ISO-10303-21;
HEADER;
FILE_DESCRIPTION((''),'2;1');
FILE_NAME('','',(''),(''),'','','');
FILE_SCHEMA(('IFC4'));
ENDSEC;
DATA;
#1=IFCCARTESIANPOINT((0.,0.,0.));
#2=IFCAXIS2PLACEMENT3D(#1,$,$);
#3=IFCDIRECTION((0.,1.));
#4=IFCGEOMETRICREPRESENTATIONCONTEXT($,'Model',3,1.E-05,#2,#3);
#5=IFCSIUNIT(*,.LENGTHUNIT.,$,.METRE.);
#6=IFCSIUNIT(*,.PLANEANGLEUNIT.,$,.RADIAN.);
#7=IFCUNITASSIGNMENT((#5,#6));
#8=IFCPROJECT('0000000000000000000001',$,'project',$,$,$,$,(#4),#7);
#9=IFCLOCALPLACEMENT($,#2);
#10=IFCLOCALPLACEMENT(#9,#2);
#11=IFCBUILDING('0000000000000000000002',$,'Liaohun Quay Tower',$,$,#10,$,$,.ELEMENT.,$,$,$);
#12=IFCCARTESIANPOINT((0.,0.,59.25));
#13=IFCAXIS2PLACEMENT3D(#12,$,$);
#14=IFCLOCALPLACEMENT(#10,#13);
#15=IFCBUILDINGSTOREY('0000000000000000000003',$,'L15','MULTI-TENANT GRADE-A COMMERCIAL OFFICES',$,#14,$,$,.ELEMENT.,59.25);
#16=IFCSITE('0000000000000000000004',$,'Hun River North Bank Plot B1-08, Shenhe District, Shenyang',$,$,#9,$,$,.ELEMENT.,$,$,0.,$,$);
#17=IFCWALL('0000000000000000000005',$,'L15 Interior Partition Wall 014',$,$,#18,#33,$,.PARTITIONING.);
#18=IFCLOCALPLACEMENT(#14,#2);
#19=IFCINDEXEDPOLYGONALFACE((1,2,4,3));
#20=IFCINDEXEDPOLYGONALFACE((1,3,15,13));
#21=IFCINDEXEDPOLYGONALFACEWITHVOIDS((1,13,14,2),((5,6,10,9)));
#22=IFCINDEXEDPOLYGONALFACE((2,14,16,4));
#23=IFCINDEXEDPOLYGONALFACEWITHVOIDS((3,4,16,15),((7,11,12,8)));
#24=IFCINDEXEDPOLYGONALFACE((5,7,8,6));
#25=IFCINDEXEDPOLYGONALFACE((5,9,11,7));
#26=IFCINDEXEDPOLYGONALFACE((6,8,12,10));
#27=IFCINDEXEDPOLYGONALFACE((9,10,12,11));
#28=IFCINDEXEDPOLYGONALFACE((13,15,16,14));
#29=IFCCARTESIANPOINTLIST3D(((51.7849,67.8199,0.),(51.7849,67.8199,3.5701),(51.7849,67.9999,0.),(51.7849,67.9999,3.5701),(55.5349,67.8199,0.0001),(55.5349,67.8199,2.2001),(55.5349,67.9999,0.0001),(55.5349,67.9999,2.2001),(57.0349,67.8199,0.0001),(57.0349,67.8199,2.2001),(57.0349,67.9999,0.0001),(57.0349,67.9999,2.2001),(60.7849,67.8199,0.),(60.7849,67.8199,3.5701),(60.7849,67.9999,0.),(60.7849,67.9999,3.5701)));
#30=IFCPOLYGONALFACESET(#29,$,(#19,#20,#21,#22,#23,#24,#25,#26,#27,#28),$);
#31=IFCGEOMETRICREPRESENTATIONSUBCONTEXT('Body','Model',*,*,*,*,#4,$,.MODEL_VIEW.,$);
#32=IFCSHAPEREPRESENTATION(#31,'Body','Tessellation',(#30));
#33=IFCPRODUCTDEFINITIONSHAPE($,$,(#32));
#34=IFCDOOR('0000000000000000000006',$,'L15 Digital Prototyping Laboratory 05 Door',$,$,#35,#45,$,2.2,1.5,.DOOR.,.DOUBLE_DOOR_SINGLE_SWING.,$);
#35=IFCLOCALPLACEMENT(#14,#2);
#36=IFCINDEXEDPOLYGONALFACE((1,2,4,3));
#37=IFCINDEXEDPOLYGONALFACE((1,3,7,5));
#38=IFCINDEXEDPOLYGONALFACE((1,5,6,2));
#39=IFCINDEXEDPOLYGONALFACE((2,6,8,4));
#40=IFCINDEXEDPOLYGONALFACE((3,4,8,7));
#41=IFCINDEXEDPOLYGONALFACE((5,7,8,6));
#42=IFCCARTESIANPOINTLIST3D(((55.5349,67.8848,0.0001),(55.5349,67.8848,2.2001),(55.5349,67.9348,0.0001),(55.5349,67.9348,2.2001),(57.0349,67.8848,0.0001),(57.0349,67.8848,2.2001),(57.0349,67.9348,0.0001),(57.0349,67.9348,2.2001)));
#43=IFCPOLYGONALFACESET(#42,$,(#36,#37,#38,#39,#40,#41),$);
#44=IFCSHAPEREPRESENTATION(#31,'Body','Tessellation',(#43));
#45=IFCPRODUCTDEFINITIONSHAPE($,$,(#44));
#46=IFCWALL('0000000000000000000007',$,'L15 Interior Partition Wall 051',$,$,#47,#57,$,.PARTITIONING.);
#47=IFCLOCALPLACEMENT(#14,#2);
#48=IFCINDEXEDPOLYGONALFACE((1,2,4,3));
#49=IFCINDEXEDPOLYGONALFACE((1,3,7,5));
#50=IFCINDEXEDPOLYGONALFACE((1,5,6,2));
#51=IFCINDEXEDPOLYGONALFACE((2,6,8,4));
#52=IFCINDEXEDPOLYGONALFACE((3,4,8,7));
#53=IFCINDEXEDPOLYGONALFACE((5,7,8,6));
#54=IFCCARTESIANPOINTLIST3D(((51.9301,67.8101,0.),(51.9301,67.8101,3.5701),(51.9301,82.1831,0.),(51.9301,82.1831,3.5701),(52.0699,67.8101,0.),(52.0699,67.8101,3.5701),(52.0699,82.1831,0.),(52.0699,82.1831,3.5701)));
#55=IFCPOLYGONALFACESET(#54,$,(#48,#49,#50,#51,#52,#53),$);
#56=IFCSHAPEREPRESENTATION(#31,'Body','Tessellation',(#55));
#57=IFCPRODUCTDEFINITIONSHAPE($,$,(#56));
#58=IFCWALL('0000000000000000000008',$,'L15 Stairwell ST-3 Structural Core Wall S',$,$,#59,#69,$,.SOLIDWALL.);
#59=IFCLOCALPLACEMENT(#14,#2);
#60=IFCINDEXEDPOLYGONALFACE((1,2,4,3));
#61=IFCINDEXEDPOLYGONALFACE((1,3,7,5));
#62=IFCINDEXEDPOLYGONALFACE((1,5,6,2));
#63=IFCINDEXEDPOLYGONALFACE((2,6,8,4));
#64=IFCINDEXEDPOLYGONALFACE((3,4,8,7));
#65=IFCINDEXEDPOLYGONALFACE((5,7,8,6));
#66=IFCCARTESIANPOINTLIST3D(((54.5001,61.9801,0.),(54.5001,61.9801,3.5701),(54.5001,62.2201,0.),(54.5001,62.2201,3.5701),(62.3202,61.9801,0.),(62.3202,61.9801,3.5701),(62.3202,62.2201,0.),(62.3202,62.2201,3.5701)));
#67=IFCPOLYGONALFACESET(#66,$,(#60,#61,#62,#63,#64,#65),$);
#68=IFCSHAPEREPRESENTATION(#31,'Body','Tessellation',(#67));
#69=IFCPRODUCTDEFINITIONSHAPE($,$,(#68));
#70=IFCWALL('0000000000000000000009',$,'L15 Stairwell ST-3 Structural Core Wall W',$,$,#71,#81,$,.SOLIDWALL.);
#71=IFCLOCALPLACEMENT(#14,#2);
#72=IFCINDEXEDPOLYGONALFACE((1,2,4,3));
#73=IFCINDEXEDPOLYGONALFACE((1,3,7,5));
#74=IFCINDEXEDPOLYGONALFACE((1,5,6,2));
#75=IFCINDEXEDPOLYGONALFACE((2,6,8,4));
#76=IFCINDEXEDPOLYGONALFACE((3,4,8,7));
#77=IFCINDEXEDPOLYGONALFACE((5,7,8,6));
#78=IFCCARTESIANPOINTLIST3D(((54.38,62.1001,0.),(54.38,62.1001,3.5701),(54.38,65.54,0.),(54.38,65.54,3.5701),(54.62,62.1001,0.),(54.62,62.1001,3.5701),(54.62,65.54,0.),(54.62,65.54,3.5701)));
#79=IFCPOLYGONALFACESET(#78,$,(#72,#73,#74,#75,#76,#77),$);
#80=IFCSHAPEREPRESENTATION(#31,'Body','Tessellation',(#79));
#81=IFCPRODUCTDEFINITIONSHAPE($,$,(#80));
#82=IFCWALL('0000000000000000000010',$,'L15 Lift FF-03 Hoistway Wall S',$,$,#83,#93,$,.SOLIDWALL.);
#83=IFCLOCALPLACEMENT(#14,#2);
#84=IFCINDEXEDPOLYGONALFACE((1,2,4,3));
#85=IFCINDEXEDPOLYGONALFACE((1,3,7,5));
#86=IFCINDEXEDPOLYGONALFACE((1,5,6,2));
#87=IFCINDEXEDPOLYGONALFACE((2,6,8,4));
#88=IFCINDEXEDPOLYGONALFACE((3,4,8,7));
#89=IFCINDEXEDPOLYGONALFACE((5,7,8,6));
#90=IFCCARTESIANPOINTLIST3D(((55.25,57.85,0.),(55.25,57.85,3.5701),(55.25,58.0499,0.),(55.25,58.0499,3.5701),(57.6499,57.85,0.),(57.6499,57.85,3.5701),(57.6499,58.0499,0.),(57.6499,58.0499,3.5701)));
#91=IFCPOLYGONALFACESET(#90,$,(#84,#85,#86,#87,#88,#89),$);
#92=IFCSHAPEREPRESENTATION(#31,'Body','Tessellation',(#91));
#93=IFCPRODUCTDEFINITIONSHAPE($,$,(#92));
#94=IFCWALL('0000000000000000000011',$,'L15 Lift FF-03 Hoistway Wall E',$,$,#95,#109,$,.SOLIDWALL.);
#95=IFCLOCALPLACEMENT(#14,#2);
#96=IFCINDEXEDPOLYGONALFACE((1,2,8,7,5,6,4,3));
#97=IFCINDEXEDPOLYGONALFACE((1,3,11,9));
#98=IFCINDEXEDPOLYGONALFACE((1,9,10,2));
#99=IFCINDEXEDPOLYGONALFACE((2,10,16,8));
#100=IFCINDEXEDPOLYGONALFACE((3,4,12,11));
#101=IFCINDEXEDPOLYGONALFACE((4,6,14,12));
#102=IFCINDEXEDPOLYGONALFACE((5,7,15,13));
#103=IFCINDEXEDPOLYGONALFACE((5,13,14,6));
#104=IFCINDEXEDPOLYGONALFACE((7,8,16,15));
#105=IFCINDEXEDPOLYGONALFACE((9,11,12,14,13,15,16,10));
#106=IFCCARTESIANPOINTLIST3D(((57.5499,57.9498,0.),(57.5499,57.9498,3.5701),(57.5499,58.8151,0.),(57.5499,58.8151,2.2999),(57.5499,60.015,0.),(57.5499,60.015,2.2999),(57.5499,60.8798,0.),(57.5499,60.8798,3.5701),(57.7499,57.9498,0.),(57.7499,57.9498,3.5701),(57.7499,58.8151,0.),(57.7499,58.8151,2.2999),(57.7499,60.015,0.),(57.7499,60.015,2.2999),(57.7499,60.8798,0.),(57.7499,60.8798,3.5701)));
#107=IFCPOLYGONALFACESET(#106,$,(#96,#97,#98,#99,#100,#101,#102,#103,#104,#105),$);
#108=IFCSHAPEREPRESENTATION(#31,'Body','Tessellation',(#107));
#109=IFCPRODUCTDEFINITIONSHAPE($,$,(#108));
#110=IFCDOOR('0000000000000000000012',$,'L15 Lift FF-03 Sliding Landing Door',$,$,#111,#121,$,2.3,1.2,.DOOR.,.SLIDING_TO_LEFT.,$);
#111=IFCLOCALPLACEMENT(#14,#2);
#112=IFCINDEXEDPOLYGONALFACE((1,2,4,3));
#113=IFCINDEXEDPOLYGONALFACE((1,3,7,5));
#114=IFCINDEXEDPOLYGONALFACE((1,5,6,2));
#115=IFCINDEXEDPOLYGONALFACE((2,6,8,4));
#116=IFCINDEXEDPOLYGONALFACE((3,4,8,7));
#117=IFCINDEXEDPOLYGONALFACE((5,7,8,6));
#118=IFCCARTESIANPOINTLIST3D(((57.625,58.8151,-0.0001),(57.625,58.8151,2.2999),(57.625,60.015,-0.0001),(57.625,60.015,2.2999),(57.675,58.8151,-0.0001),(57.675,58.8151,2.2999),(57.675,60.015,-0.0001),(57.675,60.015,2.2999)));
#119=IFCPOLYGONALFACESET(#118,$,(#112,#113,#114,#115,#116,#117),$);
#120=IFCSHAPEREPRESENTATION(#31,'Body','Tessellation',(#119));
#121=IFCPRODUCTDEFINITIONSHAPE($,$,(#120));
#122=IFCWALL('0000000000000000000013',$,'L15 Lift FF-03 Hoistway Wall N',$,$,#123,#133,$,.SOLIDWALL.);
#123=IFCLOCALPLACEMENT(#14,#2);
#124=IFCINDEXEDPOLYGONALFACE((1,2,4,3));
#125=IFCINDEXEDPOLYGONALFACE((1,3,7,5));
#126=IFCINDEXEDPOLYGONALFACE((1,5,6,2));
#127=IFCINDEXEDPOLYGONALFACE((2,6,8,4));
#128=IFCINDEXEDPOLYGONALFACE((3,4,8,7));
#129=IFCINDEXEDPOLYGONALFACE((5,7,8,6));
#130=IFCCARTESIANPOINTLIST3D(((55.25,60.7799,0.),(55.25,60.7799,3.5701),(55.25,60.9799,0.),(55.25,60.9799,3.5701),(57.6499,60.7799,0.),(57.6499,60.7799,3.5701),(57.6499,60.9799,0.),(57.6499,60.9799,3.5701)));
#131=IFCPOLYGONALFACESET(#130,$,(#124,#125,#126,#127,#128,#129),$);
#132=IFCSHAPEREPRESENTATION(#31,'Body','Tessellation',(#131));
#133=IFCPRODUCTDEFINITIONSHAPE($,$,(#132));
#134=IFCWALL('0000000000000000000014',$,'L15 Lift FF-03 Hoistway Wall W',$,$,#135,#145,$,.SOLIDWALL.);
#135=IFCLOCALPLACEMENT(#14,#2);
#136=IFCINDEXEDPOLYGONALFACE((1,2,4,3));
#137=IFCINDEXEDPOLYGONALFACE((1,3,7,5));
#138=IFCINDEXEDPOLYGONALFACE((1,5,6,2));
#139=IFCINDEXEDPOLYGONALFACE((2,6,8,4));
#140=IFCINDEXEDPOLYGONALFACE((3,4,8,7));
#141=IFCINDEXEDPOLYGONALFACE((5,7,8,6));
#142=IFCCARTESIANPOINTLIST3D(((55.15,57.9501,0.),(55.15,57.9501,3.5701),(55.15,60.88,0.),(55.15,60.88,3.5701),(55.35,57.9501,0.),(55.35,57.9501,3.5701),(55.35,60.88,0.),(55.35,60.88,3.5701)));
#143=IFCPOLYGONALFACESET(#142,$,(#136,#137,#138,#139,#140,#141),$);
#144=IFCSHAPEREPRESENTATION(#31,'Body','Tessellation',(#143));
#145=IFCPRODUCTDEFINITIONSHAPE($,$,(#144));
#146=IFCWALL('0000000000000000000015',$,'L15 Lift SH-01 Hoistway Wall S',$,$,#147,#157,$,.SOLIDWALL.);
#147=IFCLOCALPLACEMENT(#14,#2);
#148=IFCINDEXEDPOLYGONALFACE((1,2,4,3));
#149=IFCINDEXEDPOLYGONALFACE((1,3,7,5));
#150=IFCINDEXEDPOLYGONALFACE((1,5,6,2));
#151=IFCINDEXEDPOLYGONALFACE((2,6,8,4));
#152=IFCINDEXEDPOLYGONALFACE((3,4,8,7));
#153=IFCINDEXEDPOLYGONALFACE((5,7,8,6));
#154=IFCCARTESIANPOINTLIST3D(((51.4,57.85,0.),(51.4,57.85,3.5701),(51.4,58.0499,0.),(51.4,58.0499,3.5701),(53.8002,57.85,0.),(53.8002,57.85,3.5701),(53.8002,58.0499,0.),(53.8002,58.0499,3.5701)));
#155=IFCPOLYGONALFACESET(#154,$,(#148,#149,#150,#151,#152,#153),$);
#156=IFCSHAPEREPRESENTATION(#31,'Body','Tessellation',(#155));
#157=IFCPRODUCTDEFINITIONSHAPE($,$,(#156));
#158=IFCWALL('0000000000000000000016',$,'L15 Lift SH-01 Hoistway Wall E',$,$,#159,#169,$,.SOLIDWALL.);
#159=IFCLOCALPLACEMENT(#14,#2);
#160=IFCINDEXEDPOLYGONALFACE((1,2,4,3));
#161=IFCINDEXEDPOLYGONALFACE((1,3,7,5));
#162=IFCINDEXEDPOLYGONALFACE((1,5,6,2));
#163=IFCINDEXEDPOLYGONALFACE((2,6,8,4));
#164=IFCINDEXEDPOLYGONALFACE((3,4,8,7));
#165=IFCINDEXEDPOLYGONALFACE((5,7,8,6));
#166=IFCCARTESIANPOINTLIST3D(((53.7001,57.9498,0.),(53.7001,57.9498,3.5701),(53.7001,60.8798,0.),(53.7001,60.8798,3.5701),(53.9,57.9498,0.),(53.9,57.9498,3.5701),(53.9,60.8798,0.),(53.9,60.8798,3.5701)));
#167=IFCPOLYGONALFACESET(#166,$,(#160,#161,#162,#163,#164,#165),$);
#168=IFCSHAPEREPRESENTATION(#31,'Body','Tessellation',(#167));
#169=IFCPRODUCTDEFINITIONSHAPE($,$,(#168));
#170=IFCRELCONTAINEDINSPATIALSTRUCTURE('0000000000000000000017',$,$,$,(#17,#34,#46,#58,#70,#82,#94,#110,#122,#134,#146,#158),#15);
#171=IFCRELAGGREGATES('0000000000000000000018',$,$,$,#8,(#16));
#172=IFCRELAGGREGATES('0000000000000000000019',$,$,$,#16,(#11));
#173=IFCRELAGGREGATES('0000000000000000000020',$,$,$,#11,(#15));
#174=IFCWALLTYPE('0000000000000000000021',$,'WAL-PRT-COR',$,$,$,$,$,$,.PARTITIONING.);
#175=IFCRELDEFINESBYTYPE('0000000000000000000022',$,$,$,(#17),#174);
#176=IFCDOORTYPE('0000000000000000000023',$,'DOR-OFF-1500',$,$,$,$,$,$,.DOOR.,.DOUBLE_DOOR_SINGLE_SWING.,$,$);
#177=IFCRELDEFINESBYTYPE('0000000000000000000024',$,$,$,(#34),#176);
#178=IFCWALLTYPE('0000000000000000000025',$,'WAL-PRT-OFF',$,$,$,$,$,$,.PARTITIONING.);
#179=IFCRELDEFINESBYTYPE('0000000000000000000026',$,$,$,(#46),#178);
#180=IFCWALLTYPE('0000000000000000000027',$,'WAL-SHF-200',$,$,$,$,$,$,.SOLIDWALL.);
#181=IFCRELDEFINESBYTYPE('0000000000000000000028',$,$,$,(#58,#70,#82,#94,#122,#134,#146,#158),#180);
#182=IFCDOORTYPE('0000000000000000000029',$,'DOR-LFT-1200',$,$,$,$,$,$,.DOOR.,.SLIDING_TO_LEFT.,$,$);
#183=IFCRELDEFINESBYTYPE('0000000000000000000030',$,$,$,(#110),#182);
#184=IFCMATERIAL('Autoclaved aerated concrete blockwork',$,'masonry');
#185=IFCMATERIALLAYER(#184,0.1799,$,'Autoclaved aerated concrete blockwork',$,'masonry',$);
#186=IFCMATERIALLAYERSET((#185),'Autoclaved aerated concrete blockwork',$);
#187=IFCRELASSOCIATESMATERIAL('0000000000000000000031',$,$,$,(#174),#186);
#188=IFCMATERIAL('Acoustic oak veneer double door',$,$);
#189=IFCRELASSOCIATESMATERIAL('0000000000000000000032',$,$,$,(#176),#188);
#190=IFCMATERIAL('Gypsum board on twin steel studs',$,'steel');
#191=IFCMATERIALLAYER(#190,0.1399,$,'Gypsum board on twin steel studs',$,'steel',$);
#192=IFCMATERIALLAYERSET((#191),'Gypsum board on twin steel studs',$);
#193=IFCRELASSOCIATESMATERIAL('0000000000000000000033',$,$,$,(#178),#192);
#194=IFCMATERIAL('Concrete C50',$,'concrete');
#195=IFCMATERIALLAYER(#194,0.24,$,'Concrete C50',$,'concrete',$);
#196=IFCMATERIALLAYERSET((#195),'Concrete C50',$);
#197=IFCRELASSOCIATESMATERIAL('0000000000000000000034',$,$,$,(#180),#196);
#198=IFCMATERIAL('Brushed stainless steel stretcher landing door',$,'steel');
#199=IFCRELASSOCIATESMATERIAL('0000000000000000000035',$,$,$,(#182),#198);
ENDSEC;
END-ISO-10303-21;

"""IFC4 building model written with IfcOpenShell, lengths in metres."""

from ifc_helpers import new_model, si_unit, direction, frame, frame_2d, origin, place, context, subcontext, project, spatial, rectangle, extrude, source, transform, mapped, material, layer, layer_set, type_object, element, fill, save


model = new_model("IFC4")

# Units and contexts
model_context = context("Model", 3, precision=1e-05, world=origin(), true_north=direction((0.0, 1.0)))
body_context = subcontext(model_context, "Body", "Model", "MODEL_VIEW")
ifc_project = project(units=[si_unit("LENGTHUNIT", "METRE"), si_unit("PLANEANGLEUNIT", "RADIAN")], contexts=[model_context])

# Site, building, storey
site_placement = place(None, origin())
site = spatial("IfcSite", under=ifc_project, at=site_placement, Name="Hun River North Bank Plot B1-08, Shenhe District, Shenyang", CompositionType="ELEMENT", RefElevation=0.0)
building_placement = place(site_placement, origin())
building = spatial("IfcBuilding", under=site, at=building_placement, Name="Liaohun Quay Tower", CompositionType="ELEMENT")
storey_placement = place(building_placement, frame((0.0, 0.0, 59.25)))
storey = spatial("IfcBuildingStorey", under=building, at=storey_placement, Name="L15", Description="MULTI-TENANT GRADE-A COMMERCIAL OFFICES", CompositionType="ELEMENT", Elevation=59.25)

# Wall, opening, door
ifc_material_1 = material(Name="Autoclaved aerated concrete blockwork", Category="masonry")
ifc_layer_1 = layer(ifc_material_1, 0.1799, Name="Autoclaved aerated concrete blockwork", Category="masonry")
ifc_layer_set_1 = layer_set([ifc_layer_1], Name="Autoclaved aerated concrete blockwork")
wall_type_1 = type_object("IfcWallType", Name="WAL-PRT-COR", PredefinedType="PARTITIONING", material=ifc_layer_set_1)
wall_1_placement = place(storey_placement, frame((51.7849, 67.9099, 0.0), z_axis=(0.0, 0.0, 1.0), x_axis=(1.0, 0.0, 0.0)))
wall_1 = element("IfcWall", 1, at=wall_1_placement, inside=storey, type_object=wall_type_1, Name="L15 Interior Partition Wall 014", PredefinedType="PARTITIONING", context=body_context, shape_type="SweptSolid", body=[
    extrude(rectangle(XDim=9.0, YDim=0.1799, at=frame_2d((4.5, 0.0))), origin(), (0.0, 0.0, 1.0), 3.5701),
])
shared_shape_1 = source(origin(), body_context, "Body", "SweptSolid", [
    extrude(rectangle(XDim=1.5, YDim=2.2, at=frame_2d((0.75, 1.1001))), frame((0.0, 0.0999, 0.0), z_axis=(0.0, -1.0, 0.0), x_axis=(1.0, 0.0, 0.0)), (0.0, 0.0, 1.0), 0.2),
])
opening_1_placement = place(wall_1_placement, frame((3.75, 0.0, 0.0)))
opening_1 = element("IfcOpeningElement", 2, at=opening_1_placement, cuts=wall_1, PredefinedType="OPENING", context=body_context, shape_type="MappedRepresentation", body=[
    mapped(shared_shape_1, transform((0.0, 0.0, 0.0), x_axis=(1.0, 0.0, 0.0), y_axis=(0.0, 1.0, 0.0), z_axis=(0.0, 0.0, 1.0), scale=1.0)),
])
ifc_material_2 = material(Name="Acoustic oak veneer double door")
door_type_1 = type_object("IfcDoorType", Name="DOR-OFF-1500", OperationType="DOUBLE_DOOR_SINGLE_SWING", PredefinedType="DOOR", material=ifc_material_2)
shared_shape_2 = source(origin(), body_context, "Body", "SweptSolid", [
    extrude(rectangle(XDim=1.5, YDim=2.2, at=frame_2d((0.75, 1.1001))), frame((0.0, 0.0249, 0.0), z_axis=(0.0, -1.0, 0.0), x_axis=(1.0, 0.0, 0.0)), (0.0, 0.0, 1.0), 0.05),
])
door_1_placement = place(opening_1_placement, origin())
door_1 = element("IfcDoor", 3, at=door_1_placement, inside=storey, type_object=door_type_1, Name="L15 Digital Prototyping Laboratory 05 Door", OperationType="DOUBLE_DOOR_SINGLE_SWING", OverallHeight=2.2, OverallWidth=1.5, PredefinedType="DOOR", context=body_context, shape_type="MappedRepresentation", body=[
    mapped(shared_shape_2, transform((0.0, 0.0, 0.0), x_axis=(1.0, 0.0, 0.0), y_axis=(0.0, 1.0, 0.0), z_axis=(0.0, 0.0, 1.0), scale=1.0)),
])
fill(opening_1, door_1)

# Walls
ifc_material_3 = material(Name="Gypsum board on twin steel studs", Category="steel")
ifc_layer_2 = layer(ifc_material_3, 0.1399, Name="Gypsum board on twin steel studs", Category="steel")
ifc_layer_set_2 = layer_set([ifc_layer_2], Name="Gypsum board on twin steel studs")
wall_type_2 = type_object("IfcWallType", Name="WAL-PRT-OFF", PredefinedType="PARTITIONING", material=ifc_layer_set_2)
wall_2_placement = place(storey_placement, frame((52.0, 67.8101, 0.0), z_axis=(0.0, 0.0, 1.0), x_axis=(0.0, 1.0, 0.0)))
element("IfcWall", 4, at=wall_2_placement, inside=storey, type_object=wall_type_2, Name="L15 Interior Partition Wall 051", PredefinedType="PARTITIONING", context=body_context, shape_type="SweptSolid", body=[
    extrude(rectangle(XDim=14.373, YDim=0.1399, at=frame_2d((7.1865, 0.0))), origin(), (0.0, 0.0, 1.0), 3.5701),
])
ifc_material_4 = material(Name="Concrete C50", Category="concrete")
ifc_layer_3 = layer(ifc_material_4, 0.24, Name="Concrete C50", Category="concrete")
ifc_layer_set_3 = layer_set([ifc_layer_3], Name="Concrete C50")
wall_type_3 = type_object("IfcWallType", Name="WAL-SHF-200", PredefinedType="SOLIDWALL", material=ifc_layer_set_3)
wall_3_placement = place(storey_placement, frame((54.5, 62.1001, 0.0), z_axis=(0.0, 0.0, 1.0), x_axis=(1.0, 0.0, 0.0)))
element("IfcWall", 5, at=wall_3_placement, inside=storey, type_object=wall_type_3, Name="L15 Stairwell ST-3 Structural Core Wall S", PredefinedType="SOLIDWALL", context=body_context, shape_type="SweptSolid", body=[
    extrude(rectangle(XDim=7.8201, YDim=0.24, at=frame_2d((3.9102, 0.0))), origin(), (0.0, 0.0, 1.0), 3.5701),
])
wall_4_placement = place(storey_placement, frame((54.5, 65.54, 0.0), z_axis=(0.0, 0.0, 1.0), x_axis=(0.0, -1.0, 0.0)))
element("IfcWall", 6, at=wall_4_placement, inside=storey, type_object=wall_type_3, Name="L15 Stairwell ST-3 Structural Core Wall W", PredefinedType="SOLIDWALL", context=body_context, shape_type="SweptSolid", body=[
    extrude(rectangle(XDim=3.4399, YDim=0.24, at=frame_2d((1.72, 0.0))), origin(), (0.0, 0.0, 1.0), 3.5701),
])
wall_5_placement = place(storey_placement, frame((55.25, 57.95, 0.0), z_axis=(0.0, 0.0, 1.0), x_axis=(1.0, 0.0, 0.0)))
element("IfcWall", 7, at=wall_5_placement, inside=storey, type_object=wall_type_3, Name="L15 Lift FF-03 Hoistway Wall S", PredefinedType="SOLIDWALL", context=body_context, shape_type="SweptSolid", body=[
    extrude(rectangle(XDim=2.3999, YDim=0.2, at=frame_2d((1.2, 0.0))), origin(), (0.0, 0.0, 1.0), 3.5701),
])

# Wall, opening, door
wall_6_placement = place(storey_placement, frame((57.6499, 57.95, 0.0), z_axis=(0.0, 0.0, 1.0), x_axis=(0.0, 1.0, 0.0)))
wall_6 = element("IfcWall", 8, at=wall_6_placement, inside=storey, type_object=wall_type_3, Name="L15 Lift FF-03 Hoistway Wall E", PredefinedType="SOLIDWALL", context=body_context, shape_type="SweptSolid", body=[
    extrude(rectangle(XDim=2.9299, YDim=0.2, at=frame_2d((1.4648, 0.0))), origin(), (0.0, 0.0, 1.0), 3.5701),
])
shared_shape_3 = source(origin(), body_context, "Body", "SweptSolid", [
    extrude(rectangle(XDim=1.2, YDim=2.3, at=frame_2d((0.6001, 1.1499))), frame((0.0, 0.1099, 0.0), z_axis=(0.0, -1.0, 0.0), x_axis=(1.0, 0.0, 0.0)), (0.0, 0.0, 1.0), 0.22),
])
opening_2_placement = place(wall_6_placement, frame((0.865, 0.0, 0.0)))
opening_2 = element("IfcOpeningElement", 9, at=opening_2_placement, cuts=wall_6, PredefinedType="OPENING", context=body_context, shape_type="MappedRepresentation", body=[
    mapped(shared_shape_3, transform((0.0, 0.0, 0.0), x_axis=(1.0, 0.0, 0.0), y_axis=(0.0, 1.0, 0.0), z_axis=(0.0, 0.0, 1.0), scale=1.0)),
])
ifc_material_5 = material(Name="Brushed stainless steel stretcher landing door", Category="steel")
door_type_2 = type_object("IfcDoorType", Name="DOR-LFT-1200", OperationType="SLIDING_TO_LEFT", PredefinedType="DOOR", material=ifc_material_5)
shared_shape_4 = source(origin(), body_context, "Body", "SweptSolid", [
    extrude(rectangle(XDim=1.2, YDim=2.3, at=frame_2d((0.6001, 1.1499))), frame((0.0, 0.0249, 0.0), z_axis=(0.0, -1.0, 0.0), x_axis=(1.0, 0.0, 0.0)), (0.0, 0.0, 1.0), 0.05),
])
door_2_placement = place(opening_2_placement, origin())
door_2 = element("IfcDoor", 10, at=door_2_placement, inside=storey, type_object=door_type_2, Name="L15 Lift FF-03 Sliding Landing Door", OperationType="SLIDING_TO_LEFT", OverallHeight=2.3, OverallWidth=1.2, PredefinedType="DOOR", context=body_context, shape_type="MappedRepresentation", body=[
    mapped(shared_shape_4, transform((0.0, 0.0, 0.0), x_axis=(1.0, 0.0, 0.0), y_axis=(0.0, 1.0, 0.0), z_axis=(0.0, 0.0, 1.0), scale=1.0)),
])
fill(opening_2, door_2)

# Walls
wall_7_placement = place(storey_placement, frame((57.6499, 60.8799, 0.0), z_axis=(0.0, 0.0, 1.0), x_axis=(-1.0, 0.0, 0.0)))
element("IfcWall", 11, at=wall_7_placement, inside=storey, type_object=wall_type_3, Name="L15 Lift FF-03 Hoistway Wall N", PredefinedType="SOLIDWALL", context=body_context, shape_type="SweptSolid", body=[
    extrude(rectangle(XDim=2.3999, YDim=0.2, at=frame_2d((1.2, 0.0))), origin(), (0.0, 0.0, 1.0), 3.5701),
])
wall_8_placement = place(storey_placement, frame((55.25, 60.8799, 0.0), z_axis=(0.0, 0.0, 1.0), x_axis=(0.0, -1.0, 0.0)))
element("IfcWall", 12, at=wall_8_placement, inside=storey, type_object=wall_type_3, Name="L15 Lift FF-03 Hoistway Wall W", PredefinedType="SOLIDWALL", context=body_context, shape_type="SweptSolid", body=[
    extrude(rectangle(XDim=2.9299, YDim=0.2, at=frame_2d((1.4648, 0.0))), origin(), (0.0, 0.0, 1.0), 3.5701),
])
wall_9_placement = place(storey_placement, frame((51.3999, 57.95, 0.0), z_axis=(0.0, 0.0, 1.0), x_axis=(1.0, 0.0, 0.0)))
element("IfcWall", 13, at=wall_9_placement, inside=storey, type_object=wall_type_3, Name="L15 Lift SH-01 Hoistway Wall S", PredefinedType="SOLIDWALL", context=body_context, shape_type="SweptSolid", body=[
    extrude(rectangle(XDim=2.4001, YDim=0.2, at=frame_2d((1.2002, 0.0))), origin(), (0.0, 0.0, 1.0), 3.5701),
])
wall_10_placement = place(storey_placement, frame((53.8, 57.95, 0.0), z_axis=(0.0, 0.0, 1.0), x_axis=(0.0, 1.0, 0.0)))
element("IfcWall", 14, at=wall_10_placement, inside=storey, type_object=wall_type_3, Name="L15 Lift SH-01 Hoistway Wall E", PredefinedType="SOLIDWALL", context=body_context, shape_type="SweptSolid", body=[
    extrude(rectangle(XDim=2.9299, YDim=0.2, at=frame_2d((1.4648, 0.0))), origin(), (0.0, 0.0, 1.0), 3.5701),
])

save(model, "model.ifc")
